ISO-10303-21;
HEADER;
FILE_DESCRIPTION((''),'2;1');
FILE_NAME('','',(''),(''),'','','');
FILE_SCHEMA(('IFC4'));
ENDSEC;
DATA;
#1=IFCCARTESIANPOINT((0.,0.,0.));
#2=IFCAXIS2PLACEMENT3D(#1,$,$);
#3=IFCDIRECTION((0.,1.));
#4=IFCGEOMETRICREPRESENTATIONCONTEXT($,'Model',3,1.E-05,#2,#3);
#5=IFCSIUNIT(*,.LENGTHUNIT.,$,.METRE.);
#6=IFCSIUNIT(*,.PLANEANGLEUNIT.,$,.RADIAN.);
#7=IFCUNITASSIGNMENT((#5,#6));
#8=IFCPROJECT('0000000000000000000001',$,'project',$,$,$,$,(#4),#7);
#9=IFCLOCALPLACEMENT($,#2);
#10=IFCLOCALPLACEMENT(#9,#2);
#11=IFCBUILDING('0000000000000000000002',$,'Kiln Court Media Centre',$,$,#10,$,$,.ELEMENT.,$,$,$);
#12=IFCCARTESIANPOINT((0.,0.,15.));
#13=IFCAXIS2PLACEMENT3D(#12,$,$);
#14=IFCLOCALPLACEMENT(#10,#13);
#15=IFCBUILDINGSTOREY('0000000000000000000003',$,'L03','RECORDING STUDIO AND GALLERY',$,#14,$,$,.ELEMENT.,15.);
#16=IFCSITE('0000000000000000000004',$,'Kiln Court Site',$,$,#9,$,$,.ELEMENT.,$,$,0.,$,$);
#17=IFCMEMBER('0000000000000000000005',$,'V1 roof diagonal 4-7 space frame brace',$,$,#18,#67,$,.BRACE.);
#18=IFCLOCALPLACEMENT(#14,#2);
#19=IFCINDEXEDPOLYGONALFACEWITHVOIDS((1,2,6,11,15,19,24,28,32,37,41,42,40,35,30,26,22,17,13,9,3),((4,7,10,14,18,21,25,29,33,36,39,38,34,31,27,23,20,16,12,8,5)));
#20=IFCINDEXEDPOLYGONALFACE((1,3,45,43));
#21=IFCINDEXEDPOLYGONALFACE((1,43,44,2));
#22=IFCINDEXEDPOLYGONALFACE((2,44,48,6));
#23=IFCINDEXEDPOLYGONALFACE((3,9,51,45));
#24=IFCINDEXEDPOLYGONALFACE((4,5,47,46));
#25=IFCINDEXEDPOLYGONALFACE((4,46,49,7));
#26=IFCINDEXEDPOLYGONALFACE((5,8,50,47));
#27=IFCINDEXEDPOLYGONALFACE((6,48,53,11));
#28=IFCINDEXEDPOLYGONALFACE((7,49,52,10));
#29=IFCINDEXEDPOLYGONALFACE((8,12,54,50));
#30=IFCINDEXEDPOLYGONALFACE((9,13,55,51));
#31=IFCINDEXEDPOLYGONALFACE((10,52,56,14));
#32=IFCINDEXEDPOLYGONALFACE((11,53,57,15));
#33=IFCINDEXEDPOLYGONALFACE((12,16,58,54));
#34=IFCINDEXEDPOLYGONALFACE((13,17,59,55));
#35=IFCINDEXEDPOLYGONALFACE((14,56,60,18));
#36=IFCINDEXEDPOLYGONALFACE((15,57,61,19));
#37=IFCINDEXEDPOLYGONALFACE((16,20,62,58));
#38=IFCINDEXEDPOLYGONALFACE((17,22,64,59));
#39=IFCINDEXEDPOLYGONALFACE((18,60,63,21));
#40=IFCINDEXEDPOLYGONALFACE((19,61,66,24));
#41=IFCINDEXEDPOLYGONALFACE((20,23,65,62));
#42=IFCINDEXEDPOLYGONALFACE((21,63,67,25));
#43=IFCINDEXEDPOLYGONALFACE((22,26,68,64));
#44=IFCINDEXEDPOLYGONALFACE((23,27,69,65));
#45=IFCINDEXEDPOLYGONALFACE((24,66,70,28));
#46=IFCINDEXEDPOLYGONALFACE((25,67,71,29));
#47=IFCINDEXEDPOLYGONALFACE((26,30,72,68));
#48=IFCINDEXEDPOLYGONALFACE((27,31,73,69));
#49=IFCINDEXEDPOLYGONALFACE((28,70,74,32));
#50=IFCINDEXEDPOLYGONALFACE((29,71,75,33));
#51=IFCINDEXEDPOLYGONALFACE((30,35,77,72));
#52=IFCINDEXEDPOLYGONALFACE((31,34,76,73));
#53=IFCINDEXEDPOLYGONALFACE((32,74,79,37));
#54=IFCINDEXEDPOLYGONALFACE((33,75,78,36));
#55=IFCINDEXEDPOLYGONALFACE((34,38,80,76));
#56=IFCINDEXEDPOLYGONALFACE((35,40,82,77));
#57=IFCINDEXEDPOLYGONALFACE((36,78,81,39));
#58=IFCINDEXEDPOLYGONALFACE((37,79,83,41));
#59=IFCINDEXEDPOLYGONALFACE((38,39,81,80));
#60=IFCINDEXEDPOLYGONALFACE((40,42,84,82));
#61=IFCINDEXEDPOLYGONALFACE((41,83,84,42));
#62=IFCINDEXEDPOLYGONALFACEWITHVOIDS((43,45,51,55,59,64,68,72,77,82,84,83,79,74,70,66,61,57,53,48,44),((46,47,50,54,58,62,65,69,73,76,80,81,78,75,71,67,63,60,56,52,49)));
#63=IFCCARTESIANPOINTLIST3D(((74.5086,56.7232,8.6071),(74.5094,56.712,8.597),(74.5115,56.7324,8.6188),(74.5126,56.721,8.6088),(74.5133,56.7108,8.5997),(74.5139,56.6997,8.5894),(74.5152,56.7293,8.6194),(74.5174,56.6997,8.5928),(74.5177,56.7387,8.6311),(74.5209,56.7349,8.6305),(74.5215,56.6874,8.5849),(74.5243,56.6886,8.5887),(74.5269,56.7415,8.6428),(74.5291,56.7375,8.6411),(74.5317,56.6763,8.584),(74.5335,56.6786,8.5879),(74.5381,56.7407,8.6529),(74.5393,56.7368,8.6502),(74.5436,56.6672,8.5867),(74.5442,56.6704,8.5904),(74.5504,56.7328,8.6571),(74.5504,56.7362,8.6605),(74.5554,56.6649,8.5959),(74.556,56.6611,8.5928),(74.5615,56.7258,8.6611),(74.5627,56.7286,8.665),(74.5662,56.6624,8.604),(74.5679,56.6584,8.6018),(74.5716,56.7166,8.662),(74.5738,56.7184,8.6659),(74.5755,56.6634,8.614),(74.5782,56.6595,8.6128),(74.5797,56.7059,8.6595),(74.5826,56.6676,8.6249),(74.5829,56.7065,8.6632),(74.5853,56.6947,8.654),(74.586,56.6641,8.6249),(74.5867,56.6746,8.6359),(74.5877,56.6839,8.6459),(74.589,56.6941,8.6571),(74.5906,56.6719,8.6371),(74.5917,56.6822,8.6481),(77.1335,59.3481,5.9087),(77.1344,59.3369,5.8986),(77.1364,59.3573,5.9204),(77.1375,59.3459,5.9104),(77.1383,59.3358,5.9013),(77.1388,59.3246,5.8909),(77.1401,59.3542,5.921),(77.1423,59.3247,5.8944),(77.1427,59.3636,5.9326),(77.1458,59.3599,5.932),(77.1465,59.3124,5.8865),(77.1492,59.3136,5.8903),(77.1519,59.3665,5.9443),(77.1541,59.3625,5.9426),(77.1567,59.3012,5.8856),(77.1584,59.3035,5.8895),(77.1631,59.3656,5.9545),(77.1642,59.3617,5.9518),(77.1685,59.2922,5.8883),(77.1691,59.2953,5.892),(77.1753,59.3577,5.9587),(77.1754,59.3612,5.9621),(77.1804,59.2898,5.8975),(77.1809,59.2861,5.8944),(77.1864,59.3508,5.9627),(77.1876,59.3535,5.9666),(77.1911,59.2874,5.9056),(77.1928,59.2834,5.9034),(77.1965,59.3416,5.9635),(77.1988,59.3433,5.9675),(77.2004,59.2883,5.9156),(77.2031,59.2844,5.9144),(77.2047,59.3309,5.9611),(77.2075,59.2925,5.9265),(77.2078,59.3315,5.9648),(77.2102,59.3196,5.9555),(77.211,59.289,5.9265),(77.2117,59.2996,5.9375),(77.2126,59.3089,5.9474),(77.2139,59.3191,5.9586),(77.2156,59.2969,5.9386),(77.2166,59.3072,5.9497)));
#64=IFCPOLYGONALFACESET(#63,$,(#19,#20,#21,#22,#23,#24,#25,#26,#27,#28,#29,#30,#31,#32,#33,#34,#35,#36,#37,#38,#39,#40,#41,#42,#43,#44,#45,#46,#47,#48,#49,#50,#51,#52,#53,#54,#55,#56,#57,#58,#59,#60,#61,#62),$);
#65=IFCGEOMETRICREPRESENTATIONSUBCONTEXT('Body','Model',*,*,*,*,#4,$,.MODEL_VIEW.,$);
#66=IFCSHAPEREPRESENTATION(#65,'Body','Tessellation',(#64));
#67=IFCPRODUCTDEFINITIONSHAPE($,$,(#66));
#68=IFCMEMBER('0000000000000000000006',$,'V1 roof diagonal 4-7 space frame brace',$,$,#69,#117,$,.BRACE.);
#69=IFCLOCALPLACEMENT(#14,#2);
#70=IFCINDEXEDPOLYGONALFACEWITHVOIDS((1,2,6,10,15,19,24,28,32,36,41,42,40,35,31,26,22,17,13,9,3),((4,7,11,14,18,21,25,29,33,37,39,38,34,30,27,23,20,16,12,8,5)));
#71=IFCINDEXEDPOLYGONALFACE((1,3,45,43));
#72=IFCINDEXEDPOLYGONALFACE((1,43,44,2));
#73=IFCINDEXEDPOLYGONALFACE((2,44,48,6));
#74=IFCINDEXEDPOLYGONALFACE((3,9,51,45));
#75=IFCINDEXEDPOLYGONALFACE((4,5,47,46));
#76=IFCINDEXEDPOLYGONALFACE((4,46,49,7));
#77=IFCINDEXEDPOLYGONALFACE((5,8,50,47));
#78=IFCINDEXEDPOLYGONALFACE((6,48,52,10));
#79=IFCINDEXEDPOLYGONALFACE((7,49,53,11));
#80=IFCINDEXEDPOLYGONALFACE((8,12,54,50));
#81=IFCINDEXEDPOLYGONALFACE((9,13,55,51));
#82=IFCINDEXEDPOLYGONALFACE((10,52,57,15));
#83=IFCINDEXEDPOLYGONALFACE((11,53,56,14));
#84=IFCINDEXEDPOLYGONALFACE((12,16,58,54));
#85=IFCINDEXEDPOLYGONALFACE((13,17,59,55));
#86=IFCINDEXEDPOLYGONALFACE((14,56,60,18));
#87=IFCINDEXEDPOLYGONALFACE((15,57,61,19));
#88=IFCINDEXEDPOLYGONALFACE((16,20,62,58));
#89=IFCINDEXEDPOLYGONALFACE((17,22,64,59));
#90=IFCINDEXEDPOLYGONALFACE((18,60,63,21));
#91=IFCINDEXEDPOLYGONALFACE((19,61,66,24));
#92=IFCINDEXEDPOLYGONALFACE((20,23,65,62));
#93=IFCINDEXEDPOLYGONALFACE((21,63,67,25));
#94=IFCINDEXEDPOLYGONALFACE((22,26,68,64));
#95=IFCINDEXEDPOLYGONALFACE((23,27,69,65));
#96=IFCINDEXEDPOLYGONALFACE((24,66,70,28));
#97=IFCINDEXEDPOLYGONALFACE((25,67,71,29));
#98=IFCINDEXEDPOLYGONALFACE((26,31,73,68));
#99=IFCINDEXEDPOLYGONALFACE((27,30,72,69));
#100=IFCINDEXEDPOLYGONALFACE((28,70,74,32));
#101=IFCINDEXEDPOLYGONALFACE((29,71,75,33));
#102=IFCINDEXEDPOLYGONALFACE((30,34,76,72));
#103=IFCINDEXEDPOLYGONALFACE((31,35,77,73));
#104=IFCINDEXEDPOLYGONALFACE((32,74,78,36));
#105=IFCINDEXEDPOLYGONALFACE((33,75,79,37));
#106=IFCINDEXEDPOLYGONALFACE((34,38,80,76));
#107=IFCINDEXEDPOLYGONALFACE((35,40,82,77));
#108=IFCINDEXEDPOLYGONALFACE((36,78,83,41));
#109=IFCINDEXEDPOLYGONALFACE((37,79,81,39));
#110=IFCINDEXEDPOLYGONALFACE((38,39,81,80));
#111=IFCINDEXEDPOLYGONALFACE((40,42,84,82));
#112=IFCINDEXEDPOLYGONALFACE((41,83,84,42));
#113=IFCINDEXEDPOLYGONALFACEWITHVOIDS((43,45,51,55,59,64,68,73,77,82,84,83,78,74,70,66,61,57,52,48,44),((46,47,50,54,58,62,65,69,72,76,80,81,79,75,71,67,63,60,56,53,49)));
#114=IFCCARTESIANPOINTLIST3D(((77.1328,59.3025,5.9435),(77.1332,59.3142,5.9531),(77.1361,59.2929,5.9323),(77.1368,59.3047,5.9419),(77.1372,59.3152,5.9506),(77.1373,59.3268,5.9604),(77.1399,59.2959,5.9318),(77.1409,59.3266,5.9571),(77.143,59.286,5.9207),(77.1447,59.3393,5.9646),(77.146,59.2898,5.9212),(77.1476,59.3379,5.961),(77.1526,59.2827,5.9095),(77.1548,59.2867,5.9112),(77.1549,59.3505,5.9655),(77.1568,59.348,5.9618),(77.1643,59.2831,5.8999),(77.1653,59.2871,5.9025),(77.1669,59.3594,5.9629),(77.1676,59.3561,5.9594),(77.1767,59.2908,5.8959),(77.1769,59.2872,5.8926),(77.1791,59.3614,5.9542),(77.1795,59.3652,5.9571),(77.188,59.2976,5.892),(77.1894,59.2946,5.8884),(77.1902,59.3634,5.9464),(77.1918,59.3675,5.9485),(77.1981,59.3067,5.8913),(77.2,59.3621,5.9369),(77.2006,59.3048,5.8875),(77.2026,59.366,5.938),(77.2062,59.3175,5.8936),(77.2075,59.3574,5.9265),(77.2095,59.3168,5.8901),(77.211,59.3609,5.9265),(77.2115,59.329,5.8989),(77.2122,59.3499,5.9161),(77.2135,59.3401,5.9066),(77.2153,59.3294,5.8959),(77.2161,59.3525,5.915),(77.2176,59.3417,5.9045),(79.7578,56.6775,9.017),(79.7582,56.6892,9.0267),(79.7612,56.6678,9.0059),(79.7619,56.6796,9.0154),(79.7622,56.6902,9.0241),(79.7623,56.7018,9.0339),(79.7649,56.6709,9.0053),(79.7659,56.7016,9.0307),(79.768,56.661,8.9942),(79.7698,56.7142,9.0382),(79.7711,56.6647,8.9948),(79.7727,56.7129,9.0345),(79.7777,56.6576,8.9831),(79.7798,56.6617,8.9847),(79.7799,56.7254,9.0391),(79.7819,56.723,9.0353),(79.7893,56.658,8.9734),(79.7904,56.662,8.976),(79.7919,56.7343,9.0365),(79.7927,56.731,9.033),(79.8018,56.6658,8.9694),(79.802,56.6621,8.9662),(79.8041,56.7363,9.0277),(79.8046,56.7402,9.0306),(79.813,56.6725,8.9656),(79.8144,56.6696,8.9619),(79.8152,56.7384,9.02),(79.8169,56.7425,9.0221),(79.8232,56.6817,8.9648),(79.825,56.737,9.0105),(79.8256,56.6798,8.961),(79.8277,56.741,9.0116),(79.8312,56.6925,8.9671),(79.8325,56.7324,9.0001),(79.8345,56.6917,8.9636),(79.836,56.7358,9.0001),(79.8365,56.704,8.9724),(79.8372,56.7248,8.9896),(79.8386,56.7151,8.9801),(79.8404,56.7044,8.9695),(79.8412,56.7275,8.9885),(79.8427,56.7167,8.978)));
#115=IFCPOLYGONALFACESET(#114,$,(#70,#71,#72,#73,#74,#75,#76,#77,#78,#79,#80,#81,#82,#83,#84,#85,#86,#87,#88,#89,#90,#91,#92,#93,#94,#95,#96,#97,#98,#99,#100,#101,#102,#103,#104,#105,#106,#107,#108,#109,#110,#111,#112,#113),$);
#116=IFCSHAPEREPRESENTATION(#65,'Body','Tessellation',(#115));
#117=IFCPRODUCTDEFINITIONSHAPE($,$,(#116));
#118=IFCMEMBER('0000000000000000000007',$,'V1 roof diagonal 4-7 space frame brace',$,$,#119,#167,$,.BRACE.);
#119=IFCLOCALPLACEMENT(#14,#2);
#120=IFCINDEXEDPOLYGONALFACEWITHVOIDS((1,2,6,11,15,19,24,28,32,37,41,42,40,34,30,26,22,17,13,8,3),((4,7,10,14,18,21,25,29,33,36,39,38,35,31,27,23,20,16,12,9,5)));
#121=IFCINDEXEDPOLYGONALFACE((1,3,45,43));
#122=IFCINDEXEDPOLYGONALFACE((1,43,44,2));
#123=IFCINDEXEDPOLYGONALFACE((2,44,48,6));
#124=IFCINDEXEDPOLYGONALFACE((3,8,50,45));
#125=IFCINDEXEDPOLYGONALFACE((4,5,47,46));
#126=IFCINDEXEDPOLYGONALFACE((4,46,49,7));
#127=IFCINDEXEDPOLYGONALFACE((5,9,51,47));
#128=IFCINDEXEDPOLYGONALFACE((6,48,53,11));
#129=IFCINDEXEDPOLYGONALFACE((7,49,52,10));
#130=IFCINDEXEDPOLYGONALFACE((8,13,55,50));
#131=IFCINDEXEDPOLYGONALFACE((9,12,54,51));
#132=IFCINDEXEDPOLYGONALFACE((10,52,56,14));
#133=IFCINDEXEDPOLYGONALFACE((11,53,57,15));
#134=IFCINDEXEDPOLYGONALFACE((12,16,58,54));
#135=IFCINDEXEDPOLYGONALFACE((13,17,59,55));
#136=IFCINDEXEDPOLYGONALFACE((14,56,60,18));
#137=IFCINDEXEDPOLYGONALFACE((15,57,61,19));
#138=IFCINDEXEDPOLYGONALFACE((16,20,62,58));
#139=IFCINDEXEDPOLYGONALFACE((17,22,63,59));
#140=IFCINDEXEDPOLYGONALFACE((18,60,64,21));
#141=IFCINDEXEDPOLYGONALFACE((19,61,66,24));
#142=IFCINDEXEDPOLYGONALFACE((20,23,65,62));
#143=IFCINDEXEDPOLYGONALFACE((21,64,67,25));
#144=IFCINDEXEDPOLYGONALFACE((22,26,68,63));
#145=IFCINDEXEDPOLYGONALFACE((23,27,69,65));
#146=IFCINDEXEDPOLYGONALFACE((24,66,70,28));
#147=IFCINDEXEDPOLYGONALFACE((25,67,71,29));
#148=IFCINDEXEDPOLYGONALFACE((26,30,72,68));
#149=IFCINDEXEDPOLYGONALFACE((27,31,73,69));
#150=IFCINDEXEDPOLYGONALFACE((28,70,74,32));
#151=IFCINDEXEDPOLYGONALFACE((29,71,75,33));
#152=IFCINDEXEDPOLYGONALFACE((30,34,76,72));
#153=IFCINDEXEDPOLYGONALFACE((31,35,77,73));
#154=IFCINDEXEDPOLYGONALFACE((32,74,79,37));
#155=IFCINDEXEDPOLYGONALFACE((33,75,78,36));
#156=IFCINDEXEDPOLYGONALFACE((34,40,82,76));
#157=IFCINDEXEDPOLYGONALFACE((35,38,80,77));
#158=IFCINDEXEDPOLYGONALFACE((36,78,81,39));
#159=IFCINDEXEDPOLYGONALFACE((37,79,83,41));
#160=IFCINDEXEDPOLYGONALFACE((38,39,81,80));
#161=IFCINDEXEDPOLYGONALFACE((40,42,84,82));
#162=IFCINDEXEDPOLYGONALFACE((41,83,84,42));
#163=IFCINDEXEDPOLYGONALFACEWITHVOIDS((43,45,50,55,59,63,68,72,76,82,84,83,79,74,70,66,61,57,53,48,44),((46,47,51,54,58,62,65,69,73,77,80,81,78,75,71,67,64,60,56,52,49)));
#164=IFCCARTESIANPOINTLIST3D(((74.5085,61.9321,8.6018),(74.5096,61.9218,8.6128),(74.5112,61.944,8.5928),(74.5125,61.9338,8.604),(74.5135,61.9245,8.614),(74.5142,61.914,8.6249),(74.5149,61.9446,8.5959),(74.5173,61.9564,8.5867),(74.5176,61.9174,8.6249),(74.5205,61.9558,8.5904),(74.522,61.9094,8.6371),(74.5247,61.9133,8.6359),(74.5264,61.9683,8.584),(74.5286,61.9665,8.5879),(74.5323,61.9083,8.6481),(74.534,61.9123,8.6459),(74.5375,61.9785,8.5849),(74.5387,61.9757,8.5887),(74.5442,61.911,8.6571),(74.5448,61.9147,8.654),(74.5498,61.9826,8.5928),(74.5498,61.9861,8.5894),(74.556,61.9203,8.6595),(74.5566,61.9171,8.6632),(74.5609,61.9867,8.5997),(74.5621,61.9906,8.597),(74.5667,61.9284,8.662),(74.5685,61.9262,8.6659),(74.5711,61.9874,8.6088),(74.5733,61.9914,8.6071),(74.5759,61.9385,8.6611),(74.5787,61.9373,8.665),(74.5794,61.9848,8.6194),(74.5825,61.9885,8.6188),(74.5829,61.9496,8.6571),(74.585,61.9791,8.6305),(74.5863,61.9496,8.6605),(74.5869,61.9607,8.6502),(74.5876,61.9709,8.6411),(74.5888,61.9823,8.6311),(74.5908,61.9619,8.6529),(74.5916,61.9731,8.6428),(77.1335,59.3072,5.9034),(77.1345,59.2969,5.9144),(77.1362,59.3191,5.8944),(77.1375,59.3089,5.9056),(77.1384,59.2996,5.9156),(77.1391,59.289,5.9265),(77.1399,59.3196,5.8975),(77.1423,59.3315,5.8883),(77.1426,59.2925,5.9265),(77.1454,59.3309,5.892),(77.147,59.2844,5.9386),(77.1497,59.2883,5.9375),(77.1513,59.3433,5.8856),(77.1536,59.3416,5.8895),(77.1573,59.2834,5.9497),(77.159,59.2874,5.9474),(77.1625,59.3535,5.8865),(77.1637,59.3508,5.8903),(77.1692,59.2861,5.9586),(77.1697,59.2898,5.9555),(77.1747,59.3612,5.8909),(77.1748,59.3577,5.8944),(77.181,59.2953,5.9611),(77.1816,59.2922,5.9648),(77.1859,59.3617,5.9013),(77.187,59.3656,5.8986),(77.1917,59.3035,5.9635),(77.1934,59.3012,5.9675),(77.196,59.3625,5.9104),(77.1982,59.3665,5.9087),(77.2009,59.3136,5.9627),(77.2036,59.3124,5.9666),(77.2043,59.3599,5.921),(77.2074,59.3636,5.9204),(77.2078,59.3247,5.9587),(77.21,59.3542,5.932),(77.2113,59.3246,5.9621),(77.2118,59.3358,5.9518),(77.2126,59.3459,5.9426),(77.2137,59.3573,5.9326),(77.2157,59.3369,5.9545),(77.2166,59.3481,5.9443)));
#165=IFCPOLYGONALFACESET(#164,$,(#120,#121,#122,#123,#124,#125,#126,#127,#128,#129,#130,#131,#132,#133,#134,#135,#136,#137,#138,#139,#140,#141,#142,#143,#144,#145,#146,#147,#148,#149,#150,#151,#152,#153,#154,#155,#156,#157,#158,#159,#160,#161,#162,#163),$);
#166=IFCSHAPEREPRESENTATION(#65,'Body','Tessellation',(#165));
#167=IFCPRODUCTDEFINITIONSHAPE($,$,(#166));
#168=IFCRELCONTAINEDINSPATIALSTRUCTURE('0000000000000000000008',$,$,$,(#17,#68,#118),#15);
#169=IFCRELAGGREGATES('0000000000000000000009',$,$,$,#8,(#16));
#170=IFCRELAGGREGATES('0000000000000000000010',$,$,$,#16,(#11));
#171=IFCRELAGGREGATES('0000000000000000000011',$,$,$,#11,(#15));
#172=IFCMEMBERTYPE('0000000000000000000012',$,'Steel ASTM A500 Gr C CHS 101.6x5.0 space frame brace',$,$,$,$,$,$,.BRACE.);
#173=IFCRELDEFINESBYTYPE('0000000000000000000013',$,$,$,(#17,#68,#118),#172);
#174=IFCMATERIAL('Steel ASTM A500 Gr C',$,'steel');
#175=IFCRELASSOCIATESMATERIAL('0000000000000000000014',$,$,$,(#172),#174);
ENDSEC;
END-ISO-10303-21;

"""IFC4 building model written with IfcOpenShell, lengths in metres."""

from ifc_helpers import new_model, si_unit, direction, frame, origin, origin_2d, place, context, subcontext, project, spatial, hollow_circle, extrude, material, material_profile, profile_set, type_object, element, save


model = new_model("IFC4")

# Units and contexts
model_context = context("Model", 3, precision=1e-05, world=origin(), true_north=direction((0.0, 1.0)))
body_context = subcontext(model_context, "Body", "Model", "MODEL_VIEW")
ifc_project = project(units=[si_unit("LENGTHUNIT", "METRE"), si_unit("PLANEANGLEUNIT", "RADIAN")], contexts=[model_context])

# Site, building, storey
site_placement = place(None, origin())
site = spatial("IfcSite", under=ifc_project, at=site_placement, Name="Kiln Court Site", CompositionType="ELEMENT", RefElevation=0.0)
building_placement = place(site_placement, origin())
building = spatial("IfcBuilding", under=site, at=building_placement, Name="Kiln Court Media Centre", CompositionType="ELEMENT")
storey_placement = place(building_placement, frame((0.0, 0.0, 15.0)))
storey = spatial("IfcBuildingStorey", under=building, at=storey_placement, Name="L03", Description="RECORDING STUDIO AND GALLERY", CompositionType="ELEMENT", Elevation=15.0)

# Members
ifc_material_1 = material(Name="Steel ASTM A500 Gr C", Category="steel")
ifc_material_profile_1 = material_profile(ifc_material_1, hollow_circle(Radius=0.0508, WallThickness=0.0049, at=origin_2d()), Name="CHS 101.6x5.0")
ifc_profile_set_1 = profile_set([ifc_material_profile_1], Name="Steel ASTM A500 Gr C")
member_type_1 = type_object("IfcMemberType", Name="Steel ASTM A500 Gr C CHS 101.6x5.0 space frame brace", PredefinedType="BRACE", material=ifc_profile_set_1)
member_1_placement = place(storey_placement, frame((77.175, 59.325, 5.9265), z_axis=(-0.571964, -0.571964, 0.587976), x_axis=(0.707107, -0.707107, 0.0)))
element("IfcMember", 1, at=member_1_placement, inside=storey, type_object=member_type_1, Name="V1 roof diagonal 4-7 space frame brace", PredefinedType="BRACE", context=body_context, shape_type="SweptSolid", body=[
    extrude(hollow_circle(Radius=0.0508, WallThickness=0.0049, at=origin_2d()), origin(), (0.0, 0.0, 1.0), 4.5894),
])
member_2_placement = place(storey_placement, frame((77.175, 59.325, 5.9265), z_axis=(0.544662, -0.544662, 0.637719), x_axis=(0.707107, 0.707107, 0.0)))
element("IfcMember", 2, at=member_2_placement, inside=storey, type_object=member_type_1, Name="V1 roof diagonal 4-7 space frame brace", PredefinedType="BRACE", context=body_context, shape_type="SweptSolid", body=[
    extrude(hollow_circle(Radius=0.0508, WallThickness=0.0049, at=origin_2d()), origin(), (0.0, 0.0, 1.0), 4.8196),
])
member_3_placement = place(storey_placement, frame((77.175, 59.325, 5.9265), z_axis=(-0.571964, 0.571964, 0.587976), x_axis=(-0.707107, -0.707107, 0.0)))
element("IfcMember", 3, at=member_3_placement, inside=storey, type_object=member_type_1, Name="V1 roof diagonal 4-7 space frame brace", PredefinedType="BRACE", context=body_context, shape_type="SweptSolid", body=[
    extrude(hollow_circle(Radius=0.0508, WallThickness=0.0049, at=origin_2d()), origin(), (0.0, 0.0, 1.0), 4.5894),
])

save(model, "model.ifc")
